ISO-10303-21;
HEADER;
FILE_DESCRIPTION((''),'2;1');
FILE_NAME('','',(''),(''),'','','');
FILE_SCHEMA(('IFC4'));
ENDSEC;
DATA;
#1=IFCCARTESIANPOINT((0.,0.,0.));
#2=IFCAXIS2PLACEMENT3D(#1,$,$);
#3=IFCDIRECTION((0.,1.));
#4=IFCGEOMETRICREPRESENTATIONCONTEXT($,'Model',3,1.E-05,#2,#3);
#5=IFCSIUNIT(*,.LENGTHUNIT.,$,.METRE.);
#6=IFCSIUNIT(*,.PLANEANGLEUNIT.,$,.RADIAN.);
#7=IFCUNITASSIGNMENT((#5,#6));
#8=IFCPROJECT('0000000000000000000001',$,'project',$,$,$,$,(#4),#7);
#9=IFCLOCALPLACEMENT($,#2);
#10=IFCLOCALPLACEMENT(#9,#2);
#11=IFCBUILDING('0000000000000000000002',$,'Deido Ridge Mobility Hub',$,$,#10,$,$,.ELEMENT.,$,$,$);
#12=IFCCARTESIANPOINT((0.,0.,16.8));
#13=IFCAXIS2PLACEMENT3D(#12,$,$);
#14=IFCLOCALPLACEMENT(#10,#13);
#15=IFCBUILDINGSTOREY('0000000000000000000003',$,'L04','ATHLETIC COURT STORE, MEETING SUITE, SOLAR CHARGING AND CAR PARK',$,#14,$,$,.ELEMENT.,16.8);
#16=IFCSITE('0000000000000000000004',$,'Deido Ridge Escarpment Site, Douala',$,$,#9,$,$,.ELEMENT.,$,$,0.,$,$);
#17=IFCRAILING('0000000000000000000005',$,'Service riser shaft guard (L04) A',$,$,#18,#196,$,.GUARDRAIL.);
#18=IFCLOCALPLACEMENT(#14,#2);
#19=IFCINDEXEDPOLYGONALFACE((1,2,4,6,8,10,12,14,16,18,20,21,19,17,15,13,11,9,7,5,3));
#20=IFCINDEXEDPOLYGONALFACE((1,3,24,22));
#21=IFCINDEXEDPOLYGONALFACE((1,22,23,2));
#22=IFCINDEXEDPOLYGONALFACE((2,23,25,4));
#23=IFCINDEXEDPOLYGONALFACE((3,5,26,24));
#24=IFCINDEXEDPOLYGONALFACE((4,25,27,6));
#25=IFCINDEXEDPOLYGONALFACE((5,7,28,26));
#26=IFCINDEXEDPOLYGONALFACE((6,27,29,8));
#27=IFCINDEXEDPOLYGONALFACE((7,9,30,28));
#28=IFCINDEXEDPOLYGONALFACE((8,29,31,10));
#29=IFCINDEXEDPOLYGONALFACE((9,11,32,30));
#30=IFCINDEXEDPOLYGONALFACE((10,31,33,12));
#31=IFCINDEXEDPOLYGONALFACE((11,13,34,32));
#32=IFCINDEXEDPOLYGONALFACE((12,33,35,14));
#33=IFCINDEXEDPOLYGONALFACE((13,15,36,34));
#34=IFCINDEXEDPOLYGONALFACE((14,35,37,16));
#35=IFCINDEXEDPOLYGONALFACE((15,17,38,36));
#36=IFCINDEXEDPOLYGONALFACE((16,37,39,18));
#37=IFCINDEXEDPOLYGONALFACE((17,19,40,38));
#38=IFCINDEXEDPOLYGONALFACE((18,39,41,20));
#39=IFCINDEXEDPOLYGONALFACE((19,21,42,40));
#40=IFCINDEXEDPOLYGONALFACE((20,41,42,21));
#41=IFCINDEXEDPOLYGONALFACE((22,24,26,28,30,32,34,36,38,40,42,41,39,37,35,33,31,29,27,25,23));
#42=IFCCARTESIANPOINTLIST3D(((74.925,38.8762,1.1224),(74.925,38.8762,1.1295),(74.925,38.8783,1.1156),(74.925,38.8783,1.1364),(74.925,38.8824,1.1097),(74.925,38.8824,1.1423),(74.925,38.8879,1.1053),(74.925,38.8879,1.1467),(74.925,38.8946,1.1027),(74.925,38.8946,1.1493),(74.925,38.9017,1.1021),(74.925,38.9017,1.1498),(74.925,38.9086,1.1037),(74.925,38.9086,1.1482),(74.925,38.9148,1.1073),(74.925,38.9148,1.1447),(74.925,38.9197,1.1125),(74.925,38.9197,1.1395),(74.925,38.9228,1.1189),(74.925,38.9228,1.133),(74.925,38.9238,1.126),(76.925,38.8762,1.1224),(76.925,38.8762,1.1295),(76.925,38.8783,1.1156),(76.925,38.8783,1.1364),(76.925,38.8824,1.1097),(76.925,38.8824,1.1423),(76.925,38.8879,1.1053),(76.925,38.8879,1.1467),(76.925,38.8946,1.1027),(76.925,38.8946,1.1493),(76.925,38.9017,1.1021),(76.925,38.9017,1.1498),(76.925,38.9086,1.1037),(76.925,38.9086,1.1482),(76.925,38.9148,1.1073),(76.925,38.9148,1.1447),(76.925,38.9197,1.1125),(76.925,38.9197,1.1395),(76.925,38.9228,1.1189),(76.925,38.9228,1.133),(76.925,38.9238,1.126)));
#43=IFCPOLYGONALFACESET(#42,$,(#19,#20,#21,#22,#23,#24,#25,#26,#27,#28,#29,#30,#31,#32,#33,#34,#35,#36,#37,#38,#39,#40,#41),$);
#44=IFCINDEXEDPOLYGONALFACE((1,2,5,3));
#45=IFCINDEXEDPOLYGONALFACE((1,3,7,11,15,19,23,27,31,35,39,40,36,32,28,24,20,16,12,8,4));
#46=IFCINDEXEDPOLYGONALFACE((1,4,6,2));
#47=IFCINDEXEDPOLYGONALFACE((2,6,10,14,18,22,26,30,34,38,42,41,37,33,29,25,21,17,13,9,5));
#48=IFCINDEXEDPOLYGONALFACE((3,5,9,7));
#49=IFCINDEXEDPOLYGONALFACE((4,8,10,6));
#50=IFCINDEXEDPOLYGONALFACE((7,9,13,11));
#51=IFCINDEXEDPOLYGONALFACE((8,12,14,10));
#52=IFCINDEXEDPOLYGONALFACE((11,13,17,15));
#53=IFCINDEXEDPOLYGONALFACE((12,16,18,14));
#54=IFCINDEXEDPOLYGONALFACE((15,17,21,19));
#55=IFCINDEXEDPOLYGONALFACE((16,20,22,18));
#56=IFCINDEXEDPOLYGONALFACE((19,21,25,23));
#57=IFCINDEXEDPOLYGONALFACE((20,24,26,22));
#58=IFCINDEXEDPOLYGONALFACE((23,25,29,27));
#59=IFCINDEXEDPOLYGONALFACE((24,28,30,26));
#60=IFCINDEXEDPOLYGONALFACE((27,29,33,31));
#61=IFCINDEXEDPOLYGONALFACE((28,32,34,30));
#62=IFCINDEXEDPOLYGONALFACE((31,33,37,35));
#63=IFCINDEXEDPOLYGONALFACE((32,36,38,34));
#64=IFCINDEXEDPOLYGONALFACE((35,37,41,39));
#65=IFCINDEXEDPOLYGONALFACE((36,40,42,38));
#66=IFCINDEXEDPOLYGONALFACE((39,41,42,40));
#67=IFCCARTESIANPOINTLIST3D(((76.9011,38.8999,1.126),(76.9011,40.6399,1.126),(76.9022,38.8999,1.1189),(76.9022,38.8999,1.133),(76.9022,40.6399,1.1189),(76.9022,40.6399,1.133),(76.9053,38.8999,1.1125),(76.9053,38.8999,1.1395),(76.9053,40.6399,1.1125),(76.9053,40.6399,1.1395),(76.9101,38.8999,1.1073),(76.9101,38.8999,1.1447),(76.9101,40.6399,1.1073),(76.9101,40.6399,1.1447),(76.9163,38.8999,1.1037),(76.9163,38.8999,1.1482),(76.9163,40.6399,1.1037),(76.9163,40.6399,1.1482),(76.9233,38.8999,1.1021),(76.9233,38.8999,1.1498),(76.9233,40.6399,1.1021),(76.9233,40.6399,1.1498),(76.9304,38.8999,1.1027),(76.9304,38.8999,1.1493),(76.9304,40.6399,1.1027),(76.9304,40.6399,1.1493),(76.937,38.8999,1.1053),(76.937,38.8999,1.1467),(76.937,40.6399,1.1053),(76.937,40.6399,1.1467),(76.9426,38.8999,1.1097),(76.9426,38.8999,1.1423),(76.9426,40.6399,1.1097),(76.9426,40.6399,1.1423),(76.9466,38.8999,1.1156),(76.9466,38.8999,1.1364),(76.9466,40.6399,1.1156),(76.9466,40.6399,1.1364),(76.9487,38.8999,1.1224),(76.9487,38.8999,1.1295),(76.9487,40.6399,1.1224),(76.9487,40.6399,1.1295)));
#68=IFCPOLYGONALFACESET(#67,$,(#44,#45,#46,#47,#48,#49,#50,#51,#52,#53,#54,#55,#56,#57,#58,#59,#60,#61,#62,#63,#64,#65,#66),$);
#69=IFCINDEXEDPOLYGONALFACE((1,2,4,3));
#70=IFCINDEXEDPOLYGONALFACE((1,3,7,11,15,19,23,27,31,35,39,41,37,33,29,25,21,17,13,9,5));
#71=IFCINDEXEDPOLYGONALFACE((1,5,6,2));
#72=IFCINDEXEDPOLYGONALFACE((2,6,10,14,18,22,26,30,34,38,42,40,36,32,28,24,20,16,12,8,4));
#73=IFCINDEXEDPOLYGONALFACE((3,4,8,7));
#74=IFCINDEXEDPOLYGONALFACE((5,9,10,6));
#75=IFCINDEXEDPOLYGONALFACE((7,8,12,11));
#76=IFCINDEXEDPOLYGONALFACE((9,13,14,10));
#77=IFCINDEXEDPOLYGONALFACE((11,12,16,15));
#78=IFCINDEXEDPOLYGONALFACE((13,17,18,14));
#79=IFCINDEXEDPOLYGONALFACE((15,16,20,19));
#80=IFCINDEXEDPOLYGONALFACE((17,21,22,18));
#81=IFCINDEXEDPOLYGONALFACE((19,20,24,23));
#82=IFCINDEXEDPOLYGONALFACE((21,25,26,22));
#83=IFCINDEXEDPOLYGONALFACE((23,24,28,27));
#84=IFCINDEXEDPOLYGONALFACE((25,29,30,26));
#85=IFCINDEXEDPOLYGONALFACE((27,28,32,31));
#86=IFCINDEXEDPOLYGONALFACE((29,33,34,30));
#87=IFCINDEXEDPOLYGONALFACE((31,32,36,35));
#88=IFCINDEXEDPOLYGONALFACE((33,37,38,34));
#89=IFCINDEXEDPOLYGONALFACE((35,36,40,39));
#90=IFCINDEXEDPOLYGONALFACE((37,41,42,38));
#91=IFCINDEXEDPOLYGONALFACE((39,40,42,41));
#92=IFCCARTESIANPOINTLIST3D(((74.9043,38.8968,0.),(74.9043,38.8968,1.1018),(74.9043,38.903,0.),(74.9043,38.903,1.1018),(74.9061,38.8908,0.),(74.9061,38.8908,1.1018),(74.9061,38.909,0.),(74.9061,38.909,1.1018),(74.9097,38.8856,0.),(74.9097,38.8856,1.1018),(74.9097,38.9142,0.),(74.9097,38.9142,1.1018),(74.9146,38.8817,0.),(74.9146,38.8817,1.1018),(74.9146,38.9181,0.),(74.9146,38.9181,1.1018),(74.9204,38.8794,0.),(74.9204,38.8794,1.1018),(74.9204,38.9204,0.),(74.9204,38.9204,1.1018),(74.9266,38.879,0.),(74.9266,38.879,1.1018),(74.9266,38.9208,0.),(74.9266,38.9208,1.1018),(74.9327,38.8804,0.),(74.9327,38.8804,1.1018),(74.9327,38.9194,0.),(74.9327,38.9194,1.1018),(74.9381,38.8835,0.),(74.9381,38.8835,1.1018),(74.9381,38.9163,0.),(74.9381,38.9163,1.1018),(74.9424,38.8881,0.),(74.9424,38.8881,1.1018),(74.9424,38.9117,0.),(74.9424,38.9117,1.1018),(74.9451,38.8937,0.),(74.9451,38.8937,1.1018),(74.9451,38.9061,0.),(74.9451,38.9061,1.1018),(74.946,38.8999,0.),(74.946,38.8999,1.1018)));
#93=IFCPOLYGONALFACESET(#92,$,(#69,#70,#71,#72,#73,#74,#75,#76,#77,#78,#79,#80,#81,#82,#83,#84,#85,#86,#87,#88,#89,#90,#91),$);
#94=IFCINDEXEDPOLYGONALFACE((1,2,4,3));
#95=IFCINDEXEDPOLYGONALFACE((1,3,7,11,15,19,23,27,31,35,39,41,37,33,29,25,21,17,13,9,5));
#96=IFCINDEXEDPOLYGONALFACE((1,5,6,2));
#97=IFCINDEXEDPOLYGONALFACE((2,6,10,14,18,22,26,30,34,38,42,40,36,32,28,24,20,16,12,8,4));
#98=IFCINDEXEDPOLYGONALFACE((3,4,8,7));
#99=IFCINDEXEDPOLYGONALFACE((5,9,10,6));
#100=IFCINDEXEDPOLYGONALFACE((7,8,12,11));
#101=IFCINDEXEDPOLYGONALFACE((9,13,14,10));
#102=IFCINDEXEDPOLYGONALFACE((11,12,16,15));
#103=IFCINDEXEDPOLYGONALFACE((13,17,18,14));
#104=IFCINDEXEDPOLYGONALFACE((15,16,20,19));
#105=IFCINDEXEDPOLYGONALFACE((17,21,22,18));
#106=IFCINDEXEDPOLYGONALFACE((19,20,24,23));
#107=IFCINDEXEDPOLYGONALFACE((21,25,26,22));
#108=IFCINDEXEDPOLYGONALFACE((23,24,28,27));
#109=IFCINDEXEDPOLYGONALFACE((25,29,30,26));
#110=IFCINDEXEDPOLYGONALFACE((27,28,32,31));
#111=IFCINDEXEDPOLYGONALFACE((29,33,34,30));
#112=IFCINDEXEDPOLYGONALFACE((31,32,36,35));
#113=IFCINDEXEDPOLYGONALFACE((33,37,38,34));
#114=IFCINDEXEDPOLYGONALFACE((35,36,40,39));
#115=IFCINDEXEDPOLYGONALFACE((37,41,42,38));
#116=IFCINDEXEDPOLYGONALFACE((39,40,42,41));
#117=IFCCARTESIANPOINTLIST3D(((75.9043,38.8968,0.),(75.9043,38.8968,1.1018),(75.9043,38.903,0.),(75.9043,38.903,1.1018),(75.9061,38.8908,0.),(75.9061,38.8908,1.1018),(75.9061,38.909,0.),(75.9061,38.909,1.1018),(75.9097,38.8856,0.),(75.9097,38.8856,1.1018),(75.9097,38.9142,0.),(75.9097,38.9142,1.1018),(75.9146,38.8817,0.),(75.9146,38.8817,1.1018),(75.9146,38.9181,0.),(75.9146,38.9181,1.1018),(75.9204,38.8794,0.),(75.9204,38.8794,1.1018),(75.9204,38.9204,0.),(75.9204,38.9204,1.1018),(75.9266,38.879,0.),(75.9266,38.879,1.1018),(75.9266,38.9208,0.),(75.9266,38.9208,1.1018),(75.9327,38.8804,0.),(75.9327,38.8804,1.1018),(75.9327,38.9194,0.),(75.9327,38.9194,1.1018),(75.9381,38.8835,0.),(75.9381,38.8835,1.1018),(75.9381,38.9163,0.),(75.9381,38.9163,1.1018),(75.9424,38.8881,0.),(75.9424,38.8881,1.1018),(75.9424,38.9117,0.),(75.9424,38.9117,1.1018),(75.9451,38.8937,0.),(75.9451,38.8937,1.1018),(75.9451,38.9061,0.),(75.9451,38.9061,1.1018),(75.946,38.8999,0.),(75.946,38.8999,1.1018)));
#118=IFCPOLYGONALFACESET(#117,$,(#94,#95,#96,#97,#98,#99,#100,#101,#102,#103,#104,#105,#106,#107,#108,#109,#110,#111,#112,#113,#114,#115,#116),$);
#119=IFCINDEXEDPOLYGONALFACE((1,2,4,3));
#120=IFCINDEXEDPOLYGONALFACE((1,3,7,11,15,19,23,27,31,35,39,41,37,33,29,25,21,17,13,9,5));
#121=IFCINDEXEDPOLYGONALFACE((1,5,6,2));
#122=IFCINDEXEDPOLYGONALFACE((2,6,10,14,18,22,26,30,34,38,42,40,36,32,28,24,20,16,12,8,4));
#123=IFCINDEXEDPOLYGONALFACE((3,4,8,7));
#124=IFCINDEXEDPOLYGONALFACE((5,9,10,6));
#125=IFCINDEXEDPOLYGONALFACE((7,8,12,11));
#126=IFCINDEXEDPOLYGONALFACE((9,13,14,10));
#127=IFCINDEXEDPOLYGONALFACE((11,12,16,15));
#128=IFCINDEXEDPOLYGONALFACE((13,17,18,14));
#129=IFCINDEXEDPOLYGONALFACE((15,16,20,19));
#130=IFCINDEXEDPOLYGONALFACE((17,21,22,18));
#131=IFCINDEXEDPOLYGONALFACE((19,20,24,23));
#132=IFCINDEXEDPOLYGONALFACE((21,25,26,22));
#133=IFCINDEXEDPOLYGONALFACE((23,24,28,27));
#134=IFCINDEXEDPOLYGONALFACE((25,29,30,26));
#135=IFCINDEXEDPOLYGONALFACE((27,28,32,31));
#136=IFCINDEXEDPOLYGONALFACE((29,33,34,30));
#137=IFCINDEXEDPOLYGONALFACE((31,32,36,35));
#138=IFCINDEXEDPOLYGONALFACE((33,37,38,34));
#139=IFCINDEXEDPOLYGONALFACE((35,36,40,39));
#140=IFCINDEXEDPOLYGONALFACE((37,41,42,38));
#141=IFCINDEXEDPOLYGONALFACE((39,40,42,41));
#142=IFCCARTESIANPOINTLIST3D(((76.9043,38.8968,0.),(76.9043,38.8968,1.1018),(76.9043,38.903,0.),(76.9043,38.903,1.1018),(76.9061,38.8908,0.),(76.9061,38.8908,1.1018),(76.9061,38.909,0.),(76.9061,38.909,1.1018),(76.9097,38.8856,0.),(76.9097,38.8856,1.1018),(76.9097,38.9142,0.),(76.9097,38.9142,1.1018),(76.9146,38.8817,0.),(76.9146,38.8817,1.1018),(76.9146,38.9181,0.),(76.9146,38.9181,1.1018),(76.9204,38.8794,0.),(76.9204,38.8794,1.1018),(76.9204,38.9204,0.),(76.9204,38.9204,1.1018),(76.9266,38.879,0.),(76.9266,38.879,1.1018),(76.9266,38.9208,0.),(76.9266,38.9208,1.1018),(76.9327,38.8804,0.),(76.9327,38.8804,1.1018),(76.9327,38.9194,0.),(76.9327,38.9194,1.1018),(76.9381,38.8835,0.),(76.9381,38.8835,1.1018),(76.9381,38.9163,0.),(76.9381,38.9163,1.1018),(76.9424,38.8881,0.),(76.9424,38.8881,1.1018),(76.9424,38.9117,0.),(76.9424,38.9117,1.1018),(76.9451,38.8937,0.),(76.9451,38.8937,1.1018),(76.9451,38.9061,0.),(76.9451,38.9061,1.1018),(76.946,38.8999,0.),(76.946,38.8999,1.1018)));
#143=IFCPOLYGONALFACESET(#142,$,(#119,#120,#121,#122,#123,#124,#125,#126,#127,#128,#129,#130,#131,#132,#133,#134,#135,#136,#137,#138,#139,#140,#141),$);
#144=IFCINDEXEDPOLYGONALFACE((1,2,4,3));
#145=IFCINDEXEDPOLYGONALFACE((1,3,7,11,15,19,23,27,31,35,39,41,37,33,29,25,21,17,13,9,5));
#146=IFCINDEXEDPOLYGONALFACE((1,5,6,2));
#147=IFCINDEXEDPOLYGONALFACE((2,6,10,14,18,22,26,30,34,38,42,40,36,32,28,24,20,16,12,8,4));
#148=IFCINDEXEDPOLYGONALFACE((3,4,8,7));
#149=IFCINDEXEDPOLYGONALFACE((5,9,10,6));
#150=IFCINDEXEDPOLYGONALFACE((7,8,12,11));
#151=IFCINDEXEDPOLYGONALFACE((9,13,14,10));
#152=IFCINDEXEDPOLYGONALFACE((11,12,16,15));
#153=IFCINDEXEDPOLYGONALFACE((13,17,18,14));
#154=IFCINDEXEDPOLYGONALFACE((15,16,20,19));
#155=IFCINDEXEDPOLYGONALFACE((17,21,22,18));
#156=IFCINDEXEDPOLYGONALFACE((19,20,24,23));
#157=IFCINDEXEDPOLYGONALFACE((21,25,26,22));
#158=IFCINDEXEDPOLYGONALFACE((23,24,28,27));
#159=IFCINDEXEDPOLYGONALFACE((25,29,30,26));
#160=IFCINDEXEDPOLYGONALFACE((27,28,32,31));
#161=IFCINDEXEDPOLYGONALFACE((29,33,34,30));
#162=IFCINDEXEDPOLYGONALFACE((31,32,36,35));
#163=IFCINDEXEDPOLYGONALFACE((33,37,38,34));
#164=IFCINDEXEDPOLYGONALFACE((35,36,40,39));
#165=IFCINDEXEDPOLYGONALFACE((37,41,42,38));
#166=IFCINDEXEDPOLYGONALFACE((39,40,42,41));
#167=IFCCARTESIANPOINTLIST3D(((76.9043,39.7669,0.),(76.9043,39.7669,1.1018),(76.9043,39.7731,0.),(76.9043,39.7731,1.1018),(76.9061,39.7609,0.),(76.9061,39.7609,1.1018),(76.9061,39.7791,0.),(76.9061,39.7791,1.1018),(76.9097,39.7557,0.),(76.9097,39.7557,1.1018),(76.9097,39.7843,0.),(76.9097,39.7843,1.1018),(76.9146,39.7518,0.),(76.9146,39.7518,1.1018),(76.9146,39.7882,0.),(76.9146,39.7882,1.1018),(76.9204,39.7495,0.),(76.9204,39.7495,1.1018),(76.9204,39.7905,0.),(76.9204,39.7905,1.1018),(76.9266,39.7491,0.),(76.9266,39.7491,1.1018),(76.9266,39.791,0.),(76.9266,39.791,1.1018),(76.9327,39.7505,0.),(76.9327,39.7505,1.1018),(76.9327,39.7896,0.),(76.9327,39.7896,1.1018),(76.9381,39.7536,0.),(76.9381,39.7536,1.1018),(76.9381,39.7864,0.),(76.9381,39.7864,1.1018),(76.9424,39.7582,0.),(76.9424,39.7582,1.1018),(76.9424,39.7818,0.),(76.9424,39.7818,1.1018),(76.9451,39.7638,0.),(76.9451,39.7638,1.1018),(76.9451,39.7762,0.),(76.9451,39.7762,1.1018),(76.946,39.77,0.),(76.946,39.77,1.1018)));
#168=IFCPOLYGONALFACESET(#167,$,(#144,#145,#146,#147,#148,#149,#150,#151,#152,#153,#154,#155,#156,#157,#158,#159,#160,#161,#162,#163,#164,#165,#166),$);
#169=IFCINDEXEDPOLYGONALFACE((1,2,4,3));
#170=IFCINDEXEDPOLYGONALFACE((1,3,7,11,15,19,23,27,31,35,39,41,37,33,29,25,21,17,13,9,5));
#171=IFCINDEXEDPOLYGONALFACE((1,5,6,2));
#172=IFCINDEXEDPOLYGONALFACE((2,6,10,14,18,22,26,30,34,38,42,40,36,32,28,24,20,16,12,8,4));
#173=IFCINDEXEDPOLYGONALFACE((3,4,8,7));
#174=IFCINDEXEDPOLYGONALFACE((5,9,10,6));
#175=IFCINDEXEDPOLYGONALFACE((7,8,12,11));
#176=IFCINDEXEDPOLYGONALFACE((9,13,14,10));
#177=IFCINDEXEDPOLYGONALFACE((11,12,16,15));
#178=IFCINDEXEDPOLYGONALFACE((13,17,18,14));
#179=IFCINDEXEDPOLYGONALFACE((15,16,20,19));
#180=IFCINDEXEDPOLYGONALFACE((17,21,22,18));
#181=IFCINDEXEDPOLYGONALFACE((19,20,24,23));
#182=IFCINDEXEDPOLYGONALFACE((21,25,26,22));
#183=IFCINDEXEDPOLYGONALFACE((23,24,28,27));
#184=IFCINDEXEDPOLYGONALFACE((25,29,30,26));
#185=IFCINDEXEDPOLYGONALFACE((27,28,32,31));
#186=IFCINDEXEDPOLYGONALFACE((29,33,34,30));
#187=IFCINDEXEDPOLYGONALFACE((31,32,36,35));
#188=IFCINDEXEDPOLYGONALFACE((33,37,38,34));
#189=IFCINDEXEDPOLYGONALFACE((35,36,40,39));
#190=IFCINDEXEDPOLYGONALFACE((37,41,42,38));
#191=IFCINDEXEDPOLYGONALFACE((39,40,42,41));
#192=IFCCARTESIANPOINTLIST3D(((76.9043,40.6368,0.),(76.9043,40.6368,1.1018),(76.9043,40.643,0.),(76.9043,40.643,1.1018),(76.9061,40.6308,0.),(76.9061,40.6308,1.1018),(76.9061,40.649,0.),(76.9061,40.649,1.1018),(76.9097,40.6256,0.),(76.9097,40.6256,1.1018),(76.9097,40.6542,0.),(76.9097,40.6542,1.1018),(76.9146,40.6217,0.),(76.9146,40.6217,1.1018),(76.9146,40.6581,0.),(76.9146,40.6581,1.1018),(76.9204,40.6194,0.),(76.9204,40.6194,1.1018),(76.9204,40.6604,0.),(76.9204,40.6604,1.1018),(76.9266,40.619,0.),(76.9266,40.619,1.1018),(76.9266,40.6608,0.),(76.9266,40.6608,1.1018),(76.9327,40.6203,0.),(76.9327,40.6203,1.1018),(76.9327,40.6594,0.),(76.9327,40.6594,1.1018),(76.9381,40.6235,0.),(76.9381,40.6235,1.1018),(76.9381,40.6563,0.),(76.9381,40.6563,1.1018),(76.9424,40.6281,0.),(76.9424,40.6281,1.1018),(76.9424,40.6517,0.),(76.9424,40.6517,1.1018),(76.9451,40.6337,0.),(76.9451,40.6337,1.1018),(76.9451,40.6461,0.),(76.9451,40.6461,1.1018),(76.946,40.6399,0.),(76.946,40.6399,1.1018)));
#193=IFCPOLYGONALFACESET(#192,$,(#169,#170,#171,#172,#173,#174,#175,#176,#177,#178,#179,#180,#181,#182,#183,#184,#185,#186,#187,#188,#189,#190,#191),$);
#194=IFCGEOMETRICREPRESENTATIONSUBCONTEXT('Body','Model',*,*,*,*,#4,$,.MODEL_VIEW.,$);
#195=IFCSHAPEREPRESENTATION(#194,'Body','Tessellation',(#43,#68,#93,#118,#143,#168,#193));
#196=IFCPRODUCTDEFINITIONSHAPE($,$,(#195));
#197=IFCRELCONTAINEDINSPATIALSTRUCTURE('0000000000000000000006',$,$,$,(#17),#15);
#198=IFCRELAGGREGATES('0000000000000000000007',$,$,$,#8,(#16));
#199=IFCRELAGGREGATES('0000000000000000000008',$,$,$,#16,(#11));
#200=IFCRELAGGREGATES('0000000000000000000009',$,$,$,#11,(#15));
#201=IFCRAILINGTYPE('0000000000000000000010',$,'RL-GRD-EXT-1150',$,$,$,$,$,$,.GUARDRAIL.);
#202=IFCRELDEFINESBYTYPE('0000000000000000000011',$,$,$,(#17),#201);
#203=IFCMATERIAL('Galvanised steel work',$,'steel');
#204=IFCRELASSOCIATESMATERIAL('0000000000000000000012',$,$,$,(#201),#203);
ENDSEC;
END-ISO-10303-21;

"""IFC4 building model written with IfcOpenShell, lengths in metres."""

from ifc_helpers import new_model, si_unit, direction, frame, origin, origin_2d, place, context, subcontext, project, spatial, circle, extrude, material, type_object, element, save


model = new_model("IFC4")

# Units and contexts
model_context = context("Model", 3, precision=1e-05, world=origin(), true_north=direction((0.0, 1.0)))
body_context = subcontext(model_context, "Body", "Model", "MODEL_VIEW")
ifc_project = project(units=[si_unit("LENGTHUNIT", "METRE"), si_unit("PLANEANGLEUNIT", "RADIAN")], contexts=[model_context])

# Site, building, storey
site_placement = place(None, origin())
site = spatial("IfcSite", under=ifc_project, at=site_placement, Name="Deido Ridge Escarpment Site, Douala", CompositionType="ELEMENT", RefElevation=0.0)
building_placement = place(site_placement, origin())
building = spatial("IfcBuilding", under=site, at=building_placement, Name="Deido Ridge Mobility Hub", CompositionType="ELEMENT")
storey_placement = place(building_placement, frame((0.0, 0.0, 16.8)))
storey = spatial("IfcBuildingStorey", under=building, at=storey_placement, Name="L04", Description="ATHLETIC COURT STORE, MEETING SUITE, SOLAR CHARGING AND CAR PARK", CompositionType="ELEMENT", Elevation=16.8)

# Railing
ifc_material_1 = material(Name="Galvanised steel work", Category="steel")
railing_type = type_object("IfcRailingType", Name="RL-GRD-EXT-1150", PredefinedType="GUARDRAIL", material=ifc_material_1)
railing_1_placement = place(storey_placement, frame((74.925, 38.8999, 0.0)))
element("IfcRailing", 1, at=railing_1_placement, inside=storey, type_object=railing_type, Name="Service riser shaft guard (L04) A", PredefinedType="GUARDRAIL", context=body_context, shape_type="SweptSolid", body=[
    extrude(circle(Radius=0.0239, at=origin_2d()), frame((0.0, 0.0, 1.126), z_axis=(1.0, 0.0, 0.0), x_axis=(0.0, 1.0, 0.0)), (0.0, 0.0, 1.0), 2.0),
    extrude(circle(Radius=0.0239, at=origin_2d()), frame((2.0, 0.0, 1.126), z_axis=(0.0, 1.0, 0.0), x_axis=(-1.0, 0.0, 0.0)), (0.0, 0.0, 1.0), 1.74),
    extrude(circle(Radius=0.021, at=origin_2d()), origin(), (0.0, 0.0, 1.0), 1.1018),
    extrude(circle(Radius=0.021, at=origin_2d()), frame((1.0, 0.0, 0.0)), (0.0, 0.0, 1.0), 1.1018),
    extrude(circle(Radius=0.021, at=origin_2d()), frame((2.0, 0.0, 0.0)), (0.0, 0.0, 1.0), 1.1018),
    extrude(circle(Radius=0.021, at=origin_2d()), frame((2.0, 0.8701, 0.0)), (0.0, 0.0, 1.0), 1.1018),
    extrude(circle(Radius=0.021, at=origin_2d()), frame((2.0, 1.74, 0.0)), (0.0, 0.0, 1.0), 1.1018),
])

save(model, "model.ifc")
